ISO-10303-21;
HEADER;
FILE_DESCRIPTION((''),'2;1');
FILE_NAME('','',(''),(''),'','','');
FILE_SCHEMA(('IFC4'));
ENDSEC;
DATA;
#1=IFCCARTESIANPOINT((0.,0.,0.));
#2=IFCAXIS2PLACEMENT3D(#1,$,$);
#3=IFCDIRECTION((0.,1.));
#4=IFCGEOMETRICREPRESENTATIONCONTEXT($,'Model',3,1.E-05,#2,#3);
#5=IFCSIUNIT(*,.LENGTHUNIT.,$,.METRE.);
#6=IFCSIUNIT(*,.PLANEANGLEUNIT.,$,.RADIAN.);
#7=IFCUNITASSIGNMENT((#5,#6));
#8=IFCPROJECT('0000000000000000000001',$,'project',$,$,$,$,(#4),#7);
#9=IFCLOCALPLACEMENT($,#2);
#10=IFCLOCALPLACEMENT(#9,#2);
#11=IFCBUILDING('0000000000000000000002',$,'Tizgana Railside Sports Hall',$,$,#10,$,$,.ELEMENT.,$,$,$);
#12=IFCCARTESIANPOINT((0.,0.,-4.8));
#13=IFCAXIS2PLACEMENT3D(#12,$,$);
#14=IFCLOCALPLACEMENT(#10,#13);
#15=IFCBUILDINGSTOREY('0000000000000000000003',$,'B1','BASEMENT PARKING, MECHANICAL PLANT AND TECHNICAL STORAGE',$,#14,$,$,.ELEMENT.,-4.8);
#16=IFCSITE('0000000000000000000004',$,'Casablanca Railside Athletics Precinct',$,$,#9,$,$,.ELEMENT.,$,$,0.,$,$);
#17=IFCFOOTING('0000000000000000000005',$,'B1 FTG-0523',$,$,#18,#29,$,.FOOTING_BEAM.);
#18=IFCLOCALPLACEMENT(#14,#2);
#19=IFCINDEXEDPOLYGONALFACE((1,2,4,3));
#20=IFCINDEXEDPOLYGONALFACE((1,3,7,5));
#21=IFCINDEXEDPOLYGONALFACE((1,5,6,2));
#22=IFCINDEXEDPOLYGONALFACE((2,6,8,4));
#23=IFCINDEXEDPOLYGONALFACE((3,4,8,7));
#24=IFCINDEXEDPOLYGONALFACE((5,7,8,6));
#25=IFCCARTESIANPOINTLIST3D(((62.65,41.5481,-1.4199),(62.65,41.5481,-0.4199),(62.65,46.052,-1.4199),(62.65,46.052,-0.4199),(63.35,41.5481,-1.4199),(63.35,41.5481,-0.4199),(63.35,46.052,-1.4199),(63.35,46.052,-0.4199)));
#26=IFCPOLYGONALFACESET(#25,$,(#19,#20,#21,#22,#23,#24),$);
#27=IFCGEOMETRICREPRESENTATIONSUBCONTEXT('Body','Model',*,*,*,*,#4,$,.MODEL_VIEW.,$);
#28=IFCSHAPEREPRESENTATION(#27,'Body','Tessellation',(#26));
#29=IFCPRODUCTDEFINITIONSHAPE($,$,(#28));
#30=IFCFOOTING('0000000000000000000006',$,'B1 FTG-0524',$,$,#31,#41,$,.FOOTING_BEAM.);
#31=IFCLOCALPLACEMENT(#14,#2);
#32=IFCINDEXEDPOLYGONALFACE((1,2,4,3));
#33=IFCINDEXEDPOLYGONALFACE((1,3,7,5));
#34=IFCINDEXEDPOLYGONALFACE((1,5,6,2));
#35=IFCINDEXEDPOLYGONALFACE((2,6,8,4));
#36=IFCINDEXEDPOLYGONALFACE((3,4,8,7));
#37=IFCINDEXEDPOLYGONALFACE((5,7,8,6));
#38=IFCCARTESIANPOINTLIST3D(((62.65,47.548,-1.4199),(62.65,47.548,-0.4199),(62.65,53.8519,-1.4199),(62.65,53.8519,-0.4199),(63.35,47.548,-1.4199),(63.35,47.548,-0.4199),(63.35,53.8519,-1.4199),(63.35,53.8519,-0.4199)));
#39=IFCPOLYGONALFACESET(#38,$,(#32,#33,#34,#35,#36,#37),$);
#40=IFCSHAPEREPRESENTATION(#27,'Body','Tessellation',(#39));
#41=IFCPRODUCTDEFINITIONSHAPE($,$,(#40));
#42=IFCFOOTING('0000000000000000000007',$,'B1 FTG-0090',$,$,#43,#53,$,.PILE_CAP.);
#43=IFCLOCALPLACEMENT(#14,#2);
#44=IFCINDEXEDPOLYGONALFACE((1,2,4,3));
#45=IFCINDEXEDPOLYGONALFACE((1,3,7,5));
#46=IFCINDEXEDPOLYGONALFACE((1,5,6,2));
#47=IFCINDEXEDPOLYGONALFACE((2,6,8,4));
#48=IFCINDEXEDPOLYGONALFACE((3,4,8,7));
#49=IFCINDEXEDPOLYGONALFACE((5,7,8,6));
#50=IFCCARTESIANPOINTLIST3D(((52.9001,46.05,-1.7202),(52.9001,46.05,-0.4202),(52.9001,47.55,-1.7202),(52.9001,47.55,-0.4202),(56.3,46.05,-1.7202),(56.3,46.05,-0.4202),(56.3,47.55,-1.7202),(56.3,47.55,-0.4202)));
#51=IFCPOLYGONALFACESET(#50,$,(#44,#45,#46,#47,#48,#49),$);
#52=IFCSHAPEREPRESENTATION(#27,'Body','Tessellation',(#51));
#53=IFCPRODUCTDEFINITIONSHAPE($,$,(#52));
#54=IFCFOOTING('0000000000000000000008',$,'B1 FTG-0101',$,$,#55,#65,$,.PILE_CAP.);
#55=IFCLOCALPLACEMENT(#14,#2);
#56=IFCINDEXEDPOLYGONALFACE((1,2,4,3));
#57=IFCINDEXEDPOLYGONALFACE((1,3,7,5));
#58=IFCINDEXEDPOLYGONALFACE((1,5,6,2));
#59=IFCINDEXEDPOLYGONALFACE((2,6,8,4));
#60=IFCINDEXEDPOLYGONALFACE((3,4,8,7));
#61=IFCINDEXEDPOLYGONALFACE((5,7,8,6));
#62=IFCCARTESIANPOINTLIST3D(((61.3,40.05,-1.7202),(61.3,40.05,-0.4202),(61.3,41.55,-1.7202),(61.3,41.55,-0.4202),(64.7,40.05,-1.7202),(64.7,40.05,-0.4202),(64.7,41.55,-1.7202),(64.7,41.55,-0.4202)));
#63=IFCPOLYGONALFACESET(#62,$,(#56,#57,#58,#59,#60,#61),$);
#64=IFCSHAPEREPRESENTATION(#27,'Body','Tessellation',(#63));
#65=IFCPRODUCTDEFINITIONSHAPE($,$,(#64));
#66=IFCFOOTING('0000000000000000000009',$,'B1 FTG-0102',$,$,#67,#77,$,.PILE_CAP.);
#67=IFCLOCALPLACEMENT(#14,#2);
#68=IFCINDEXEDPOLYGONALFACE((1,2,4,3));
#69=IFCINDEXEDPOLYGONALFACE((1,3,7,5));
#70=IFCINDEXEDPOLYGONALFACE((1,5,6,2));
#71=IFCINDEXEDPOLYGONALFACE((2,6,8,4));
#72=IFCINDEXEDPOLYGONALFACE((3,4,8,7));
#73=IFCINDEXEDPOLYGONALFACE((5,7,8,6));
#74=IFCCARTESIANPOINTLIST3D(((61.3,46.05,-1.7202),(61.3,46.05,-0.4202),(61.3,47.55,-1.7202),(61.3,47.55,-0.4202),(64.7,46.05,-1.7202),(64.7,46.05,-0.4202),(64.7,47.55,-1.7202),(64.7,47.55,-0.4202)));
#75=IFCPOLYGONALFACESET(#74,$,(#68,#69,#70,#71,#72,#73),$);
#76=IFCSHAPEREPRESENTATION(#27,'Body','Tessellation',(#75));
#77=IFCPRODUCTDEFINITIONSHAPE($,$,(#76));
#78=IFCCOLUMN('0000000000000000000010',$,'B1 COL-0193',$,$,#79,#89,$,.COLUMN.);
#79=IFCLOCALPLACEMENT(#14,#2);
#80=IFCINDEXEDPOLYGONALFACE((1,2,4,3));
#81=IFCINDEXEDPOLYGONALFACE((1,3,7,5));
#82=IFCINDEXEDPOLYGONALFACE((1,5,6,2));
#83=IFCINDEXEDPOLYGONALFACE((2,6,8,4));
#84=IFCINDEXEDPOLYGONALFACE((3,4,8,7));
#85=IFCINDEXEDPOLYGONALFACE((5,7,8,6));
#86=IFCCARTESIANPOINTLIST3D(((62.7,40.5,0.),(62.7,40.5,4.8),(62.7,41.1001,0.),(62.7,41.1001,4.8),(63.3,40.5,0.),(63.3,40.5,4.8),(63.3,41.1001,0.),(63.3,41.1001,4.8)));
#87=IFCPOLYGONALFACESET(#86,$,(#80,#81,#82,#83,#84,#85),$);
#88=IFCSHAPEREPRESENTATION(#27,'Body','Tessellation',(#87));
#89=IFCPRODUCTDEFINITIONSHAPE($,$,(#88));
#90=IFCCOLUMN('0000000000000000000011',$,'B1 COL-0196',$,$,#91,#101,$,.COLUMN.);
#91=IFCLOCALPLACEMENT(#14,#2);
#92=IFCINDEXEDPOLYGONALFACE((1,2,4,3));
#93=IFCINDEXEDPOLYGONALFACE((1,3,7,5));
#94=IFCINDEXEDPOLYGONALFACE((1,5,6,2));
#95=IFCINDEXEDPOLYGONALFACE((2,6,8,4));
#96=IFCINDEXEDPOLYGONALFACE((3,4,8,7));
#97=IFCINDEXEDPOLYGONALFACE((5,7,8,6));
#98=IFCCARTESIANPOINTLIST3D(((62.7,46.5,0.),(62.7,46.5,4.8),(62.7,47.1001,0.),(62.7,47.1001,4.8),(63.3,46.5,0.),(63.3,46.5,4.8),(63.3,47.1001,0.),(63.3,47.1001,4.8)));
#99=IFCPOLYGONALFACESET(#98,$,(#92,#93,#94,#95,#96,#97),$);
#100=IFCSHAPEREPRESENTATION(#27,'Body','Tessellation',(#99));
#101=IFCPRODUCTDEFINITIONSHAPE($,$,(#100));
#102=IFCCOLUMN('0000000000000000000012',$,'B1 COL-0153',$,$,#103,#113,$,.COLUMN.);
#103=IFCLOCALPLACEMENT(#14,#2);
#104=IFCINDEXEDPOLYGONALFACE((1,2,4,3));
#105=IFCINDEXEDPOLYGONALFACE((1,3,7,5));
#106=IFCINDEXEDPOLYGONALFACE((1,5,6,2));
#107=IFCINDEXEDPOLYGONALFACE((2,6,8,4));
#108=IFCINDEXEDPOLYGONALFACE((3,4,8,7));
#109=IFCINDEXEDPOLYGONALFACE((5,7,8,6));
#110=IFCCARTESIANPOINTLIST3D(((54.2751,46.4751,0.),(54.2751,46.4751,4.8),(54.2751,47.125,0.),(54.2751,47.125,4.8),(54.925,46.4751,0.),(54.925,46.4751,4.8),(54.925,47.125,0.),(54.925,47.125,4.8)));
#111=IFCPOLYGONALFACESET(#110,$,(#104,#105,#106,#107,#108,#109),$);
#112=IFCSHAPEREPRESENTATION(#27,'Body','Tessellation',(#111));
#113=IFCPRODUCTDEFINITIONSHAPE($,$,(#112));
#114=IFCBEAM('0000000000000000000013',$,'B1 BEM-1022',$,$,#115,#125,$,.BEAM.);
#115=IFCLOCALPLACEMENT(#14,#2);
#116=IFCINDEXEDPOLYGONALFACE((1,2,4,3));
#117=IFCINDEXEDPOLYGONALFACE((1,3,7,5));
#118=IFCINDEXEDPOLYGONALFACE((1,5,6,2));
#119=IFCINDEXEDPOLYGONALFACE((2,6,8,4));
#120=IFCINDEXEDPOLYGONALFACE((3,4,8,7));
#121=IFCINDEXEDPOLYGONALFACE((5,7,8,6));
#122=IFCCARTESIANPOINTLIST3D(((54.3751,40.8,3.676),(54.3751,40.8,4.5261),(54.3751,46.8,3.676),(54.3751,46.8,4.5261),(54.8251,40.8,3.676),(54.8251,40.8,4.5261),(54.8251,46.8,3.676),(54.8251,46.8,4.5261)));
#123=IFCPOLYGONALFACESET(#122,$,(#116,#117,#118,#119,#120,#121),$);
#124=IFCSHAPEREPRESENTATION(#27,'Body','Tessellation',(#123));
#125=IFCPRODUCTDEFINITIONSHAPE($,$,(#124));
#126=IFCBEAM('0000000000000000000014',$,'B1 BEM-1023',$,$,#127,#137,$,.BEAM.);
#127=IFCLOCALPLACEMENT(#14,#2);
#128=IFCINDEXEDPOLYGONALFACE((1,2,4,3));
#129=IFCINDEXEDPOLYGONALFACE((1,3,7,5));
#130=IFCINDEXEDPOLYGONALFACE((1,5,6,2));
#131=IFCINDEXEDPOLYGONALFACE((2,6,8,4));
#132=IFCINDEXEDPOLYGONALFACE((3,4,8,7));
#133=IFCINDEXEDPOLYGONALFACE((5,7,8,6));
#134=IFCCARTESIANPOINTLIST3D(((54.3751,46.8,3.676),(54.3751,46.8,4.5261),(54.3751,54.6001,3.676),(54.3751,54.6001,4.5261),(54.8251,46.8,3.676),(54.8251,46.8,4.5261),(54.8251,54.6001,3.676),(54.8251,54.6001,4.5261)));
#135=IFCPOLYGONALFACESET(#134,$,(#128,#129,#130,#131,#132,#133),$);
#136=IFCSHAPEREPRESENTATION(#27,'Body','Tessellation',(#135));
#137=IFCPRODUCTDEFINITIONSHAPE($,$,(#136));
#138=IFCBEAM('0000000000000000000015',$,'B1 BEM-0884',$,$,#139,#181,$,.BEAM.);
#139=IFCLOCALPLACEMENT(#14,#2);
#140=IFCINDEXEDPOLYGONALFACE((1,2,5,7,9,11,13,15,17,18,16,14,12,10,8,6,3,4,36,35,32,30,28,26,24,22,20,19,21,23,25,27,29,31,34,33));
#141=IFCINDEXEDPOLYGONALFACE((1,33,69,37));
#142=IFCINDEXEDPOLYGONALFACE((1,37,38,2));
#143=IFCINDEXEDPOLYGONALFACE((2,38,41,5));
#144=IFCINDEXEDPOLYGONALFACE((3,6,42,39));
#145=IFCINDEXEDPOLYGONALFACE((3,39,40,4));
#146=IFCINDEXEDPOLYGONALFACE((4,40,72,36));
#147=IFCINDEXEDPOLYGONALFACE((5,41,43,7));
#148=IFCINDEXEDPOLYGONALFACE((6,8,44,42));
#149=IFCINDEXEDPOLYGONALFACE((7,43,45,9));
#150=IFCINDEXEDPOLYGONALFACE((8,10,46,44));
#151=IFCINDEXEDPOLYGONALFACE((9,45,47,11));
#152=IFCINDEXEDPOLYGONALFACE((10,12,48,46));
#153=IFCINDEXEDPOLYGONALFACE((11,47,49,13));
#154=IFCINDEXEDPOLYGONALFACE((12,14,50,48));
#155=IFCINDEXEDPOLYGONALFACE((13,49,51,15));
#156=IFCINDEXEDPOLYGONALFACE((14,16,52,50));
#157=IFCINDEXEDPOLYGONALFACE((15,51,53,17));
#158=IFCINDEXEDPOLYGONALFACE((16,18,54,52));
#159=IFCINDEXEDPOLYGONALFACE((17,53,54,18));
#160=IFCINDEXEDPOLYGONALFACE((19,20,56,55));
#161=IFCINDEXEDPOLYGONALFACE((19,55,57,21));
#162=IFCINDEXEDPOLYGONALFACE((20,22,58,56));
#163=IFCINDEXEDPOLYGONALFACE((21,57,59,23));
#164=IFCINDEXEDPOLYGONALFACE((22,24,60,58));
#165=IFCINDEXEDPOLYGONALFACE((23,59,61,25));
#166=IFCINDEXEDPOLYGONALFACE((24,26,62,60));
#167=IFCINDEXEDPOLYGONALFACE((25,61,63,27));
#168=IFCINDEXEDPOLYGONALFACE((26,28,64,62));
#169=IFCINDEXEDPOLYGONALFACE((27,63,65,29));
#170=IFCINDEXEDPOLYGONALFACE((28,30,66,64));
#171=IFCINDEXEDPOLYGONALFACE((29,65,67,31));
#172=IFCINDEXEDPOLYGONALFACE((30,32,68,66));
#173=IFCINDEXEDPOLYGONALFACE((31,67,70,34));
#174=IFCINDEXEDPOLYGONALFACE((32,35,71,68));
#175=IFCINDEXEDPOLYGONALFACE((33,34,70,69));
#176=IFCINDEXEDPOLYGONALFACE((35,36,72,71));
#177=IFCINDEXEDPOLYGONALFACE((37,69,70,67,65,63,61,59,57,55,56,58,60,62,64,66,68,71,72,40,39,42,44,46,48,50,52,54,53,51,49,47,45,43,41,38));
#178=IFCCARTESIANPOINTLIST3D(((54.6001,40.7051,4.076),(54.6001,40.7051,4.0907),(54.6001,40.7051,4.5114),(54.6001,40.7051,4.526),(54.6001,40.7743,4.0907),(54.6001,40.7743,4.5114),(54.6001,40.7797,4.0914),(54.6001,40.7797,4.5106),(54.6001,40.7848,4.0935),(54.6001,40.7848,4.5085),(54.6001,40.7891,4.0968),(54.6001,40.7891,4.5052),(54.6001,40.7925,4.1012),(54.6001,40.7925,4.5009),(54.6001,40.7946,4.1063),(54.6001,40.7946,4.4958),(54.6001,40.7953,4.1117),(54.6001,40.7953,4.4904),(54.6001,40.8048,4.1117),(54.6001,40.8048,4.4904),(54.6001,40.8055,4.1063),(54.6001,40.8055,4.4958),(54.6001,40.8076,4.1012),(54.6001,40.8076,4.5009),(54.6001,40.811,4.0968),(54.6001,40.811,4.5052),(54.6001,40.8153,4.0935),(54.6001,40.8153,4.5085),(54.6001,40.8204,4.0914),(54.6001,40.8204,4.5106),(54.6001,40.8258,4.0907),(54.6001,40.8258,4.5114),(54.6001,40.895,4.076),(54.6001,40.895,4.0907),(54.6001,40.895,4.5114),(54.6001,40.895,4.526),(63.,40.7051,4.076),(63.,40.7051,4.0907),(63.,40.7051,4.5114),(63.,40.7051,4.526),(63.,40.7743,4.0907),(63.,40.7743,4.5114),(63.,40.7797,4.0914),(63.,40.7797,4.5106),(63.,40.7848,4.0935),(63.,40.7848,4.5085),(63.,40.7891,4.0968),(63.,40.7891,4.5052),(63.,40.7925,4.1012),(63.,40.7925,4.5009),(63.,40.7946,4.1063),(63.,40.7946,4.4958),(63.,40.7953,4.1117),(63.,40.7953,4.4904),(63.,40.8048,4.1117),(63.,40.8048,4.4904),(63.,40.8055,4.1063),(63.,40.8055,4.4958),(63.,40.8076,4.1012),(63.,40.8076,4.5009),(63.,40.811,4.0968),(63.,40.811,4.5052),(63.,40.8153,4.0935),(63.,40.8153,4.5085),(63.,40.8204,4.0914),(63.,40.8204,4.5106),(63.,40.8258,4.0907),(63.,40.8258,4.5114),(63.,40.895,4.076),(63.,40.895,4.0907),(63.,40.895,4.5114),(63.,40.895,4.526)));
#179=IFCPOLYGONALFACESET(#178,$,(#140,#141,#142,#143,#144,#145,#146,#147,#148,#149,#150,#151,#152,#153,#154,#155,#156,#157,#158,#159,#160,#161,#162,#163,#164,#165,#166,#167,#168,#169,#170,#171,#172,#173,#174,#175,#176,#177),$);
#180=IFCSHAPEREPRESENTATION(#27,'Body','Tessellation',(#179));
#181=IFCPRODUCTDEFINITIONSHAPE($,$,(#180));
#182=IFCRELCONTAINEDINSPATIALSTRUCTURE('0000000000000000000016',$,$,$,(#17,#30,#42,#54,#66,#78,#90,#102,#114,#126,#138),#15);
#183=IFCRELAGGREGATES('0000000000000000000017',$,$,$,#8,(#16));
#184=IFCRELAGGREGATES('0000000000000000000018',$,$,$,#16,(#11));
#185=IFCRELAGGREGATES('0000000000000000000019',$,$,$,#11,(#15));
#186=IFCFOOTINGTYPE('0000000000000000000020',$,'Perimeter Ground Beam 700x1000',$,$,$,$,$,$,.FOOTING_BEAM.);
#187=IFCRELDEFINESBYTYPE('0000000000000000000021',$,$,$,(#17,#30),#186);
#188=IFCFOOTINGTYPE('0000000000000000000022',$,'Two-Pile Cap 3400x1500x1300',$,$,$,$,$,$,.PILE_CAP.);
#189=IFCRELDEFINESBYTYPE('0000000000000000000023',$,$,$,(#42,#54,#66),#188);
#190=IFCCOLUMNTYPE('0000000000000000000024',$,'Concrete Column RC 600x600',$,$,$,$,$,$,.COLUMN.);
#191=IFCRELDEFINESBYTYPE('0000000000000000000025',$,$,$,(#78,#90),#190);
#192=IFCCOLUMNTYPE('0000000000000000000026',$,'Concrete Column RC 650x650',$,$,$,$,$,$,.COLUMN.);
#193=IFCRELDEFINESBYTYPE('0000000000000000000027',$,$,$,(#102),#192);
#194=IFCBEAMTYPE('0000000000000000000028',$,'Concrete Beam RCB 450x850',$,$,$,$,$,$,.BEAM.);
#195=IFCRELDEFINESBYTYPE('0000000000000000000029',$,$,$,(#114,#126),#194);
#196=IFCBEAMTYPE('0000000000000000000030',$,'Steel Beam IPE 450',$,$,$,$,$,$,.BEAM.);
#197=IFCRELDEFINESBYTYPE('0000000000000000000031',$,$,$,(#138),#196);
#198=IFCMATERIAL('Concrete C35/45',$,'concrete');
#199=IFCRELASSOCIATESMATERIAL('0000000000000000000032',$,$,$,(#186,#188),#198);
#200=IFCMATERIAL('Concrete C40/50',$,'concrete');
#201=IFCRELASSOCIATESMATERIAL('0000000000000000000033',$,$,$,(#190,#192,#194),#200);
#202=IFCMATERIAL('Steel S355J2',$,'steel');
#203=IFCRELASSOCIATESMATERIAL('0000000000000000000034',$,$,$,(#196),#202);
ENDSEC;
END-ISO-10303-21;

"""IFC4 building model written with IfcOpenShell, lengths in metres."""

from ifc_helpers import new_model, si_unit, direction, frame, origin, origin_2d, place, context, subcontext, project, spatial, rectangle, i_section, extrude, material, material_profile, profile_set, type_object, element, save


model = new_model("IFC4")

# Units and contexts
model_context = context("Model", 3, precision=1e-05, world=origin(), true_north=direction((0.0, 1.0)))
body_context = subcontext(model_context, "Body", "Model", "MODEL_VIEW")
ifc_project = project(units=[si_unit("LENGTHUNIT", "METRE"), si_unit("PLANEANGLEUNIT", "RADIAN")], contexts=[model_context])

# Site, building, storey
site_placement = place(None, origin())
site = spatial("IfcSite", under=ifc_project, at=site_placement, Name="Casablanca Railside Athletics Precinct", CompositionType="ELEMENT", RefElevation=0.0)
building_placement = place(site_placement, origin())
building = spatial("IfcBuilding", under=site, at=building_placement, Name="Tizgana Railside Sports Hall", CompositionType="ELEMENT")
storey_placement = place(building_placement, frame((0.0, 0.0, -4.8)))
storey = spatial("IfcBuildingStorey", under=building, at=storey_placement, Name="B1", Description="BASEMENT PARKING, MECHANICAL PLANT AND TECHNICAL STORAGE", CompositionType="ELEMENT", Elevation=-4.8)

# Shared definitions
ifc_material_1 = material(Name="Concrete C35/45", Category="concrete")

# Footings
footing_type_1 = type_object("IfcFootingType", Name="Perimeter Ground Beam 700x1000", PredefinedType="FOOTING_BEAM", material=ifc_material_1)
footing_1_placement = place(storey_placement, frame((63.0, 43.8, -1.4199), z_axis=(0.0, 0.0, 1.0), x_axis=(0.0, 1.0, 0.0)))
element("IfcFooting", 1, at=footing_1_placement, inside=storey, type_object=footing_type_1, Name="B1 FTG-0523", PredefinedType="FOOTING_BEAM", context=body_context, shape_type="SweptSolid", body=[
    extrude(rectangle(XDim=4.5039, YDim=0.7, at=origin_2d()), origin(), (0.0, 0.0, 1.0), 1.0),
])
footing_2_placement = place(storey_placement, frame((63.0, 50.7, -1.4199), z_axis=(0.0, 0.0, 1.0), x_axis=(0.0, 1.0, 0.0)))
element("IfcFooting", 2, at=footing_2_placement, inside=storey, type_object=footing_type_1, Name="B1 FTG-0524", PredefinedType="FOOTING_BEAM", context=body_context, shape_type="SweptSolid", body=[
    extrude(rectangle(XDim=6.304, YDim=0.7, at=origin_2d()), origin(), (0.0, 0.0, 1.0), 1.0),
])
footing_type_2 = type_object("IfcFootingType", Name="Two-Pile Cap 3400x1500x1300", PredefinedType="PILE_CAP", material=ifc_material_1)
for number, where, z_axis, x_axis, name in (
    (3, (54.6001, 46.8, -1.7202), (0.0, 0.0, 1.0), (1.0, 0.0, 0.0), "B1 FTG-0090"),
    (4, (63.0, 40.8, -1.7202), (0.0, 0.0, 1.0), (1.0, 0.0, 0.0), "B1 FTG-0101"),
    (5, (63.0, 46.8, -1.7202), (0.0, 0.0, 1.0), (1.0, 0.0, 0.0), "B1 FTG-0102"),
):
    element("IfcFooting", number, at=place(storey_placement, frame(where, z_axis=z_axis, x_axis=x_axis)), inside=storey, type_object=footing_type_2, Name=name, PredefinedType="PILE_CAP", context=body_context, shape_type="SweptSolid", body=[
        extrude(rectangle(XDim=3.3999, YDim=1.5, at=origin_2d()), origin(), (0.0, 0.0, 1.0), 1.3),
    ])

# Columns
ifc_material_2 = material(Name="Concrete C40/50", Category="concrete")
ifc_material_profile_1 = material_profile(ifc_material_2, rectangle(XDim=0.6001, YDim=0.6001, at=origin_2d()), Name="RC 600x600")
ifc_profile_set_1 = profile_set([ifc_material_profile_1], Name="Concrete C40/50")
column_type_1 = type_object("IfcColumnType", Name="Concrete Column RC 600x600", PredefinedType="COLUMN", material=ifc_profile_set_1)
for number, where, z_axis, x_axis, name in (
    (6, (63.0, 40.8, 0.0), (0.0, 0.0, 1.0), (1.0, 0.0, 0.0), "B1 COL-0193"),
    (7, (63.0, 46.8, 0.0), (0.0, 0.0, 1.0), (1.0, 0.0, 0.0), "B1 COL-0196"),
):
    element("IfcColumn", number, at=place(storey_placement, frame(where, z_axis=z_axis, x_axis=x_axis)), inside=storey, type_object=column_type_1, Name=name, PredefinedType="COLUMN", context=body_context, shape_type="SweptSolid", body=[
        extrude(rectangle(XDim=0.6001, YDim=0.6001, at=origin_2d()), origin(), (0.0, 0.0, 1.0), 4.8),
    ])
ifc_material_profile_2 = material_profile(ifc_material_2, rectangle(XDim=0.6499, YDim=0.6499, at=origin_2d()), Name="RC 650x650")
ifc_profile_set_2 = profile_set([ifc_material_profile_2], Name="Concrete C40/50")
column_type_2 = type_object("IfcColumnType", Name="Concrete Column RC 650x650", PredefinedType="COLUMN", material=ifc_profile_set_2)
column_placement = place(storey_placement, frame((54.6001, 46.8, 0.0), z_axis=(0.0, 0.0, 1.0), x_axis=(1.0, 0.0, 0.0)))
element("IfcColumn", 8, at=column_placement, inside=storey, type_object=column_type_2, Name="B1 COL-0153", PredefinedType="COLUMN", context=body_context, shape_type="SweptSolid", body=[
    extrude(rectangle(XDim=0.6499, YDim=0.6499, at=origin_2d()), origin(), (0.0, 0.0, 1.0), 4.8),
])

# Beams
ifc_material_profile_3 = material_profile(ifc_material_2, rectangle(XDim=0.45, YDim=0.8501, at=origin_2d()), Name="RCB 450x850")
ifc_profile_set_3 = profile_set([ifc_material_profile_3], Name="Concrete C40/50")
beam_type_1 = type_object("IfcBeamType", Name="Concrete Beam RCB 450x850", PredefinedType="BEAM", material=ifc_profile_set_3)
beam_1_placement = place(storey_placement, frame((54.6001, 40.8, 4.1011), z_axis=(0.0, 1.0, 0.0), x_axis=(-1.0, 0.0, 0.0)))
element("IfcBeam", 9, at=beam_1_placement, inside=storey, type_object=beam_type_1, Name="B1 BEM-1022", PredefinedType="BEAM", context=body_context, shape_type="SweptSolid", body=[
    extrude(rectangle(XDim=0.45, YDim=0.8501, at=origin_2d()), origin(), (0.0, 0.0, 1.0), 6.0),
])
beam_2_placement = place(storey_placement, frame((54.6001, 46.8, 4.1011), z_axis=(0.0, 1.0, 0.0), x_axis=(-1.0, 0.0, 0.0)))
element("IfcBeam", 10, at=beam_2_placement, inside=storey, type_object=beam_type_1, Name="B1 BEM-1023", PredefinedType="BEAM", context=body_context, shape_type="SweptSolid", body=[
    extrude(rectangle(XDim=0.45, YDim=0.8501, at=origin_2d()), origin(), (0.0, 0.0, 1.0), 7.8),
])
ifc_material_3 = material(Name="Steel S355J2", Category="steel")
ifc_material_profile_4 = material_profile(ifc_material_3, i_section(OverallWidth=0.1899, OverallDepth=0.45, WebThickness=0.0095, FlangeThickness=0.0146, FilletRadius=0.021, at=origin_2d()), Name="IPE 450")
ifc_profile_set_4 = profile_set([ifc_material_profile_4], Name="Steel S355J2")
beam_type_2 = type_object("IfcBeamType", Name="Steel Beam IPE 450", PredefinedType="BEAM", material=ifc_profile_set_4)
for number, where, z_axis, x_axis, name in (
    (11, (54.6001, 40.8, 4.301), (1.0, 0.0, 0.0), (0.0, 1.0, 0.0), "B1 BEM-0884"),
):
    element("IfcBeam", number, at=place(storey_placement, frame(where, z_axis=z_axis, x_axis=x_axis)), inside=storey, type_object=beam_type_2, Name=name, PredefinedType="BEAM", context=body_context, shape_type="SweptSolid", body=[
        extrude(i_section(OverallWidth=0.1899, OverallDepth=0.45, WebThickness=0.0095, FlangeThickness=0.0146, FilletRadius=0.021, at=origin_2d()), origin(), (0.0, 0.0, 1.0), 8.3999),
    ])

save(model, "model.ifc")
